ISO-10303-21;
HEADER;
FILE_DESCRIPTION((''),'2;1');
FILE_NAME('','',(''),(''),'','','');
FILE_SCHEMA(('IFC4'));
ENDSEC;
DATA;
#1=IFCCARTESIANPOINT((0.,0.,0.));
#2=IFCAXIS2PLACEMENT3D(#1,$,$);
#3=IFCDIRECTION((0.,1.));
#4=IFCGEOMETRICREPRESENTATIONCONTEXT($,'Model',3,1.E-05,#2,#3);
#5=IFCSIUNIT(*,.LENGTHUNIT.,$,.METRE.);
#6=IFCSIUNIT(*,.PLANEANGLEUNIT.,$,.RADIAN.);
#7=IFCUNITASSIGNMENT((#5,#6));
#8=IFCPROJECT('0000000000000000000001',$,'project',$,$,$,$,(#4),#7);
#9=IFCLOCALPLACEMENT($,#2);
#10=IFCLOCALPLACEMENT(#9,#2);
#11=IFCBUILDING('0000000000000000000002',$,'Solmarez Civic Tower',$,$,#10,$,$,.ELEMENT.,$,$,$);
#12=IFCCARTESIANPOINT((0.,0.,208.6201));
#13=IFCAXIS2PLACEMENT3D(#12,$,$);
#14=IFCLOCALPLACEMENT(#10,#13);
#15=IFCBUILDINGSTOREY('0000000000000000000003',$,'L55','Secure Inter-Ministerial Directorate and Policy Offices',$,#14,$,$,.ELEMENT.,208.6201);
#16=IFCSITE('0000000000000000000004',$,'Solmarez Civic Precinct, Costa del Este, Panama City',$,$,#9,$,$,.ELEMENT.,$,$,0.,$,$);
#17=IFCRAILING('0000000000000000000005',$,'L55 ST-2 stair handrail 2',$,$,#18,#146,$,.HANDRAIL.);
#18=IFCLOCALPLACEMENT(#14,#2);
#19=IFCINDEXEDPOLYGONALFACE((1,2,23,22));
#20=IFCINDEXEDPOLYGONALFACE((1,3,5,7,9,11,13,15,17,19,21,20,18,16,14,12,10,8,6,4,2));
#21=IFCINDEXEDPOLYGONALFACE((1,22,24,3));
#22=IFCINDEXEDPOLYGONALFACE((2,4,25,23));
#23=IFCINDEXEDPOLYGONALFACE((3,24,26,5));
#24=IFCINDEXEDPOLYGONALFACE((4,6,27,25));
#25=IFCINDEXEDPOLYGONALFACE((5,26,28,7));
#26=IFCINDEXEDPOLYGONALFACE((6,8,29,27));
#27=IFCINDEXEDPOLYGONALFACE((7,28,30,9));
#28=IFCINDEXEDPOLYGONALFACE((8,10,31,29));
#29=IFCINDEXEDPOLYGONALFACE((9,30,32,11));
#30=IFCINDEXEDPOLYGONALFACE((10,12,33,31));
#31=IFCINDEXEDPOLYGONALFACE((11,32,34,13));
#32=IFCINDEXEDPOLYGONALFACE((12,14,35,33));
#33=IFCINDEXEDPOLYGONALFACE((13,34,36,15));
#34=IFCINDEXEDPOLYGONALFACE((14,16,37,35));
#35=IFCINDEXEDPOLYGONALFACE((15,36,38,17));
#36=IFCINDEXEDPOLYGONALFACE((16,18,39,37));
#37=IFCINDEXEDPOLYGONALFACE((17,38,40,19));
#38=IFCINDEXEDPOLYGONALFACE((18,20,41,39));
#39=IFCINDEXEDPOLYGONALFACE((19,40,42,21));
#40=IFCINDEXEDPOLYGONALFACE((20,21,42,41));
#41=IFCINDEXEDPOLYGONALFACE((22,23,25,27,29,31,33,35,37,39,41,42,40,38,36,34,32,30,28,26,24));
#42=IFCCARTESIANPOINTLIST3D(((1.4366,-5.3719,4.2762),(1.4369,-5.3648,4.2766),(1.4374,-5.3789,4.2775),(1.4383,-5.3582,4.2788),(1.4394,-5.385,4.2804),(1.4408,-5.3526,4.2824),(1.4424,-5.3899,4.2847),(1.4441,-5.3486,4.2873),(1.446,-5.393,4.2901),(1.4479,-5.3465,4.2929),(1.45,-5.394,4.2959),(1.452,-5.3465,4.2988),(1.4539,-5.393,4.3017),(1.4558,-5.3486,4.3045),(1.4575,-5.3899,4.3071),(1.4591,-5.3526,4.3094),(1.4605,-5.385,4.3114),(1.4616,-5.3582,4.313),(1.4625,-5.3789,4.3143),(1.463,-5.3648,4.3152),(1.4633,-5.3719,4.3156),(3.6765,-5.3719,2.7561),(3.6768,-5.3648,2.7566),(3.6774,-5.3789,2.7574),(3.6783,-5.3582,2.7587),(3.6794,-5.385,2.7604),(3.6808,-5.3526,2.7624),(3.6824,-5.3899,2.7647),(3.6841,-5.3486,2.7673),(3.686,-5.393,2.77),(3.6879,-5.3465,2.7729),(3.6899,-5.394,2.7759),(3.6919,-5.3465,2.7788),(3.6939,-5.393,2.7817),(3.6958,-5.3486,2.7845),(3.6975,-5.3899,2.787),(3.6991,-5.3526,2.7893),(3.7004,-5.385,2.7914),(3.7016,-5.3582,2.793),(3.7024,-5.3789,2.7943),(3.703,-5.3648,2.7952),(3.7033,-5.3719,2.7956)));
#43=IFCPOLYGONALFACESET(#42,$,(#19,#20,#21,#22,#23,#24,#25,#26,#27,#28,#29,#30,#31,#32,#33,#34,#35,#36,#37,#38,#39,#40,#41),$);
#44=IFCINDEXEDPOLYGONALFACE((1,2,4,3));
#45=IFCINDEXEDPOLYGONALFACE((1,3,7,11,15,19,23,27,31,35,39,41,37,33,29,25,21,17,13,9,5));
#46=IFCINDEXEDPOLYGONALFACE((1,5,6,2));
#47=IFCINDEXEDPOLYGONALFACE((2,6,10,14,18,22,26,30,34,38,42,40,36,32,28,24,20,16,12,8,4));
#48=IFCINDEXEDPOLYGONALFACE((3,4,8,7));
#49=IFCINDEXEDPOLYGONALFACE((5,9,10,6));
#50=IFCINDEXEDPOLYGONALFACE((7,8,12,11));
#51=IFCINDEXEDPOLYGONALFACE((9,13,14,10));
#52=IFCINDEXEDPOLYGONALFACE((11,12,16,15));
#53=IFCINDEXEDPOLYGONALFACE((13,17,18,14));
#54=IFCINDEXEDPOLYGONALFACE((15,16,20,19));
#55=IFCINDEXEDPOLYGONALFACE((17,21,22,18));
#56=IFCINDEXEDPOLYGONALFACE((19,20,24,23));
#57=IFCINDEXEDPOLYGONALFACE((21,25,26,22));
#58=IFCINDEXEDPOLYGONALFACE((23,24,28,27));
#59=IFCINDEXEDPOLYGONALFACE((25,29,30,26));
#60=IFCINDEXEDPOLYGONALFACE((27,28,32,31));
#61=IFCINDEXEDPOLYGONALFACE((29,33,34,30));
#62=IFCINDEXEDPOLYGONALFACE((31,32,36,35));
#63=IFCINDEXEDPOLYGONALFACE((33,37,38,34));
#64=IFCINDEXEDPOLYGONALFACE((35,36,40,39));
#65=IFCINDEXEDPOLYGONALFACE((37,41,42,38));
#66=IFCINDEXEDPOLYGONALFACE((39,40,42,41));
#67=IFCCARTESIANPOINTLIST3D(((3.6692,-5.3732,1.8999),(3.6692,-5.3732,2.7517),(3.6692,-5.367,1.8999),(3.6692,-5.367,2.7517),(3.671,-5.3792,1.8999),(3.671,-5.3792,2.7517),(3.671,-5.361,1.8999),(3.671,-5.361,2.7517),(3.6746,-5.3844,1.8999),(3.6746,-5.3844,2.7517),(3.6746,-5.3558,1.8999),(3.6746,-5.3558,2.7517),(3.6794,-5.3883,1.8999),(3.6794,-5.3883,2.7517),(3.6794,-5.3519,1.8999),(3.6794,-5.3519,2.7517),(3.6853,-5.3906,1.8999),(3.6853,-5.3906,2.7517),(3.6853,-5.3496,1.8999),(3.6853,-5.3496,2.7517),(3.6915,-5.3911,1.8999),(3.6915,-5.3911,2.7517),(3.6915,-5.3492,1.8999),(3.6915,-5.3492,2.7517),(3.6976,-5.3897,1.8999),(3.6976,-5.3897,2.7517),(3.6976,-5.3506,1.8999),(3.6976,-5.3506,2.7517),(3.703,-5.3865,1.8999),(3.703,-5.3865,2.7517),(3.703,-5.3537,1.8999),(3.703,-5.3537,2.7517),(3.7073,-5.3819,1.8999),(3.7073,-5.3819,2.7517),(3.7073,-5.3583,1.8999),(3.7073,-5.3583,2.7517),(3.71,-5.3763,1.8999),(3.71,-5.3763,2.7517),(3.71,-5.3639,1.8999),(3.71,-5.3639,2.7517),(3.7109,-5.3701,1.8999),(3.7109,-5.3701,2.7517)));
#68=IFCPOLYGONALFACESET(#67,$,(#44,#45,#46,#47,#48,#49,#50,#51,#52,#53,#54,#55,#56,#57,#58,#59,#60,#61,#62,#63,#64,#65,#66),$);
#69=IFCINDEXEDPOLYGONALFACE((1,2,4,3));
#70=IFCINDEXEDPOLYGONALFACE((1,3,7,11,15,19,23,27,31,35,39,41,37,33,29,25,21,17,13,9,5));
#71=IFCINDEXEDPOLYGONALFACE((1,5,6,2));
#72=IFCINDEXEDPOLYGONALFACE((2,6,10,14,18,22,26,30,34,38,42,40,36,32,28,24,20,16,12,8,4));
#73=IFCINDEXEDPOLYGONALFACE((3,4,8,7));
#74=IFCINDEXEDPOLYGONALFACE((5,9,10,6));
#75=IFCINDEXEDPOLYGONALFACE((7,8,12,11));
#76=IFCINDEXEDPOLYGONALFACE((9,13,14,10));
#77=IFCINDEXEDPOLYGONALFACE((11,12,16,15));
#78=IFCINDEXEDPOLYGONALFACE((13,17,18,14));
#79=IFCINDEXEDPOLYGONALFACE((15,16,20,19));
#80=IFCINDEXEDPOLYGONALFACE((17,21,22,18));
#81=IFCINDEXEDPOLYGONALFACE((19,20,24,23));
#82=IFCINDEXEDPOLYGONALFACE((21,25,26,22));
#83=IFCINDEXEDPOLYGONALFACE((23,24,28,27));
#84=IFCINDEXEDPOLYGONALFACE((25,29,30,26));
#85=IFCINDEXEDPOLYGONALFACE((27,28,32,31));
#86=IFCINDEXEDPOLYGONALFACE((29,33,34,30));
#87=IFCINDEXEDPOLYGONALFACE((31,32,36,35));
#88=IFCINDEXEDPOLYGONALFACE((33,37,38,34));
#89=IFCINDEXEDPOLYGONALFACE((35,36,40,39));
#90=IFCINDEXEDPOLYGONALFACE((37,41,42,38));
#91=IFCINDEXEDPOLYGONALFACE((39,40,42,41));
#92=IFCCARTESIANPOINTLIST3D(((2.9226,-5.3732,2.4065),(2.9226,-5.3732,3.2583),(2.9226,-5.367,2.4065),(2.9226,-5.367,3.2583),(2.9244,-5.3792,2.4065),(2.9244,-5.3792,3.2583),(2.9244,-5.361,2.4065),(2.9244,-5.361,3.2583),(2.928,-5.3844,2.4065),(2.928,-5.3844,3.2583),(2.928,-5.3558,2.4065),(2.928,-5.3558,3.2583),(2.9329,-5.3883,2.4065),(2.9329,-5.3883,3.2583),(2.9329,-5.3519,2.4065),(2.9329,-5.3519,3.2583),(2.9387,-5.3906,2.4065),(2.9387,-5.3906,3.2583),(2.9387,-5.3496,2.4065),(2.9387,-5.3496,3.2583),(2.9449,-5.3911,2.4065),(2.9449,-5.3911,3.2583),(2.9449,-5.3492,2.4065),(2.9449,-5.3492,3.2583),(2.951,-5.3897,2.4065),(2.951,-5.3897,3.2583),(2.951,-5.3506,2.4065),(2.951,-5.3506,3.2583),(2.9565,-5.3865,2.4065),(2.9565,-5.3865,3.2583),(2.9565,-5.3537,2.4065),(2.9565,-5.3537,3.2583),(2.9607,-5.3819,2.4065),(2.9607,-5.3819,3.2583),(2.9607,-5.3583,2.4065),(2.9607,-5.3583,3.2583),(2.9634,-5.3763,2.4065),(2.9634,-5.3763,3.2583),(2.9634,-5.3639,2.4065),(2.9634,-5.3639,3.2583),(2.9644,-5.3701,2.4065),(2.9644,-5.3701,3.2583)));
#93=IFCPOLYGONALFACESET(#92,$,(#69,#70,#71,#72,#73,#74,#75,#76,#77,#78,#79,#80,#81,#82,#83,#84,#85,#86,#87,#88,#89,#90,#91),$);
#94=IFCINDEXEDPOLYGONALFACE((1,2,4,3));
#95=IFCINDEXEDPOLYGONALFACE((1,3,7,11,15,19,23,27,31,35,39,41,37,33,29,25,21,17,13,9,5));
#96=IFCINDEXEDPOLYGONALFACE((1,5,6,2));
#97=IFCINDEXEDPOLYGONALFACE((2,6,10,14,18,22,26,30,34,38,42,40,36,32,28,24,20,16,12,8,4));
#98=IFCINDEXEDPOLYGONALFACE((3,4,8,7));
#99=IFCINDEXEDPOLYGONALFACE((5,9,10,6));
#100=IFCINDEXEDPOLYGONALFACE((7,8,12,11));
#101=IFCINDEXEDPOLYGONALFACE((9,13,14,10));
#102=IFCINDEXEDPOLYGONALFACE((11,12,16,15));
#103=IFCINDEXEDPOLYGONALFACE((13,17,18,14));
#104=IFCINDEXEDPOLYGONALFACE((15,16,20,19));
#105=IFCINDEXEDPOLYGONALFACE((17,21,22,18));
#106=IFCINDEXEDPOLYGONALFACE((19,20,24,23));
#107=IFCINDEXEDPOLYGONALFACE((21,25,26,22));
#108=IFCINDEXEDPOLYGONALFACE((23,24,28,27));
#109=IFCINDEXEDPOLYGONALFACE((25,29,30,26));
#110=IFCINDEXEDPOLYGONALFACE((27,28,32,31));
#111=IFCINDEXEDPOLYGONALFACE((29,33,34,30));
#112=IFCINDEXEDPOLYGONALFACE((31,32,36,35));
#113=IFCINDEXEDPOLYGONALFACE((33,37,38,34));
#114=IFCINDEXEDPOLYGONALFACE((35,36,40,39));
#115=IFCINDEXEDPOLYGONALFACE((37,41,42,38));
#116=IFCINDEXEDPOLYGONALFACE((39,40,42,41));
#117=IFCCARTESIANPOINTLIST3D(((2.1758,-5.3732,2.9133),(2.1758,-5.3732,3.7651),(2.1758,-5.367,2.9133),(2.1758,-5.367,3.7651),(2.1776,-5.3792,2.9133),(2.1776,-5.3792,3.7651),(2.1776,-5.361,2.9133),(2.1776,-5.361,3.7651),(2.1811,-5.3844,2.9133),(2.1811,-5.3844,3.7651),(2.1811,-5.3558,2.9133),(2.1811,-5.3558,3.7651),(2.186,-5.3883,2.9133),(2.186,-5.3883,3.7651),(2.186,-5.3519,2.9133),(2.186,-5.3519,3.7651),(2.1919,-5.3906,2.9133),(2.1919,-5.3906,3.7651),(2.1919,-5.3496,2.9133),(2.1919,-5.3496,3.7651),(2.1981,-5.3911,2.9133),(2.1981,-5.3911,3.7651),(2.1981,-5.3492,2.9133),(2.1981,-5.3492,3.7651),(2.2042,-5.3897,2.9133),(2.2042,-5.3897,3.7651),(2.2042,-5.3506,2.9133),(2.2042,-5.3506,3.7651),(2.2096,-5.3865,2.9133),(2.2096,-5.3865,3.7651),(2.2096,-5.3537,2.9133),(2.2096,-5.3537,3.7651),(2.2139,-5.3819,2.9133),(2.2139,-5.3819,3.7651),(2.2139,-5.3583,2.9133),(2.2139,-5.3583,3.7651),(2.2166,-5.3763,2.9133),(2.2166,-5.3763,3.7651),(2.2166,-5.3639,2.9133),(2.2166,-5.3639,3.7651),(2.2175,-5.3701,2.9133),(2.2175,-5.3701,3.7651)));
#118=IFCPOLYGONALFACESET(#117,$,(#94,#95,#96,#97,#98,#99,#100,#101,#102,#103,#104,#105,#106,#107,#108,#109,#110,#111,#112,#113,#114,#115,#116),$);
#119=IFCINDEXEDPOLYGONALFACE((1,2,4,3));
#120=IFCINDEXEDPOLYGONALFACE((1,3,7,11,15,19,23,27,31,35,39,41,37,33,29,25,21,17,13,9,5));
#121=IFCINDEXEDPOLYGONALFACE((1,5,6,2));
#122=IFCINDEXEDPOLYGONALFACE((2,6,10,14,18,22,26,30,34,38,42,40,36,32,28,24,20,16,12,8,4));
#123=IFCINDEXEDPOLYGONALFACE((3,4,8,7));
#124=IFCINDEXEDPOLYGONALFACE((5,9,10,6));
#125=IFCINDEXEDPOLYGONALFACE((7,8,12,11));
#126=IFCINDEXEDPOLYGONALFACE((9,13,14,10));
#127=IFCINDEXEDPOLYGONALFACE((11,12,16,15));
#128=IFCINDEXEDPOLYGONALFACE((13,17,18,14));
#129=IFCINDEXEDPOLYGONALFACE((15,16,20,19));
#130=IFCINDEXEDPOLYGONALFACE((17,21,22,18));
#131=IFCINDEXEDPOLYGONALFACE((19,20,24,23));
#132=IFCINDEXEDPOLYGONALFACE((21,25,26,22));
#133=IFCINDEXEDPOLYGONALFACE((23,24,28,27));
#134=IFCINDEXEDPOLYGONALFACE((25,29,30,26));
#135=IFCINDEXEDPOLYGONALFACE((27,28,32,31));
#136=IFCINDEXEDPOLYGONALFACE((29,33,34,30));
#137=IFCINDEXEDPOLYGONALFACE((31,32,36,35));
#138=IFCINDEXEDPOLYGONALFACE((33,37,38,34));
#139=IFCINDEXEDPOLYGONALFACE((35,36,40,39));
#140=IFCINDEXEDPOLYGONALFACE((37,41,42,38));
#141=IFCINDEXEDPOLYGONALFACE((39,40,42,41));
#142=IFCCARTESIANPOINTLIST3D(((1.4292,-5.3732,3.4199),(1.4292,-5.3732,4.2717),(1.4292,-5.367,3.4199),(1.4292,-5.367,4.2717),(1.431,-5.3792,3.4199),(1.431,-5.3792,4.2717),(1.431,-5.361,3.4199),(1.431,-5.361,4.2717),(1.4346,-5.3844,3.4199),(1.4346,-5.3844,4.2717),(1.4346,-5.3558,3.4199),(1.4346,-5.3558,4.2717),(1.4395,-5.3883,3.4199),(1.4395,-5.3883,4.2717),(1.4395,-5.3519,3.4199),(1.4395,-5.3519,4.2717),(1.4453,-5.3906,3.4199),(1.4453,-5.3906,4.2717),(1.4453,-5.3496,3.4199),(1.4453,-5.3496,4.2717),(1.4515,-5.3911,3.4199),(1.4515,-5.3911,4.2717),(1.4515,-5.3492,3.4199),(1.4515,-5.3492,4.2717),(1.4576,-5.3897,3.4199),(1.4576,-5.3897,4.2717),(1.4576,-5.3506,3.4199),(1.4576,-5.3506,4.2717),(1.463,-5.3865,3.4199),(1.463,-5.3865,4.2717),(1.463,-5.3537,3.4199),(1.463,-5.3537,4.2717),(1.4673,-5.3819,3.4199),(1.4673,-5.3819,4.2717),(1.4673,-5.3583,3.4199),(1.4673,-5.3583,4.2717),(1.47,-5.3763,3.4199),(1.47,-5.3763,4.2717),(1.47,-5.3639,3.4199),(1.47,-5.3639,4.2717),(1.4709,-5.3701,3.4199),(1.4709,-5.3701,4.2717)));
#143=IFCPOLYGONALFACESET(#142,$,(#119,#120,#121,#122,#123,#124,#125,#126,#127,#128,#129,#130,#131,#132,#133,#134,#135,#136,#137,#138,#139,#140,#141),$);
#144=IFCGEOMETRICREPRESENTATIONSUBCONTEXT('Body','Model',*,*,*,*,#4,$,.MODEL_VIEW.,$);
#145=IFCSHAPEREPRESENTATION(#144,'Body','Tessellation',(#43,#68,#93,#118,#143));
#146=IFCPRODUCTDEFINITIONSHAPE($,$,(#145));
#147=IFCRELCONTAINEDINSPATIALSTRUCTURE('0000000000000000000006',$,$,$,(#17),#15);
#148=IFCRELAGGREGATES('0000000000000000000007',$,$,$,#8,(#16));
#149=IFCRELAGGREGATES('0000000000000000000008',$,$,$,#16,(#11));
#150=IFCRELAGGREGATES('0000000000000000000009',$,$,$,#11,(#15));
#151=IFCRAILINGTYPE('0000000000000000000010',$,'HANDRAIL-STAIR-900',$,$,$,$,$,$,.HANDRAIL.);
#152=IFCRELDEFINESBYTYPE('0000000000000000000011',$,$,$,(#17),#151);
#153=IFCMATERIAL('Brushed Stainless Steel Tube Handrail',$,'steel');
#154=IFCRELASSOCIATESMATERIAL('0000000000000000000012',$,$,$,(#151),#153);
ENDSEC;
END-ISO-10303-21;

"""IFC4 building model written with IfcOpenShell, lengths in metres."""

from ifc_helpers import new_model, si_unit, direction, frame, origin, origin_2d, place, context, subcontext, project, spatial, circle, extrude, material, type_object, element, save


model = new_model("IFC4")

# Units and contexts
model_context = context("Model", 3, precision=1e-05, world=origin(), true_north=direction((0.0, 1.0)))
body_context = subcontext(model_context, "Body", "Model", "MODEL_VIEW")
ifc_project = project(units=[si_unit("LENGTHUNIT", "METRE"), si_unit("PLANEANGLEUNIT", "RADIAN")], contexts=[model_context])

# Site, building, storey
site_placement = place(None, origin())
site = spatial("IfcSite", under=ifc_project, at=site_placement, Name="Solmarez Civic Precinct, Costa del Este, Panama City", CompositionType="ELEMENT", RefElevation=0.0)
building_placement = place(site_placement, origin())
building = spatial("IfcBuilding", under=site, at=building_placement, Name="Solmarez Civic Tower", CompositionType="ELEMENT")
storey_placement = place(building_placement, frame((0.0, 0.0, 208.6201)))
storey = spatial("IfcBuildingStorey", under=building, at=storey_placement, Name="L55", Description="Secure Inter-Ministerial Directorate and Policy Offices", CompositionType="ELEMENT", Elevation=208.6201)

# Railing
ifc_material_1 = material(Name="Brushed Stainless Steel Tube Handrail", Category="steel")
railing_type_1 = type_object("IfcRailingType", Name="HANDRAIL-STAIR-900", PredefinedType="HANDRAIL", material=ifc_material_1)
railing_1_placement = place(storey_placement, frame((3.6899, -5.3701, 1.8999)))
element("IfcRailing", 1, at=railing_1_placement, inside=storey, type_object=railing_type_1, Name="L55 ST-2 stair handrail 2", PredefinedType="HANDRAIL", context=body_context, shape_type="SweptSolid", body=[
    extrude(circle(Radius=0.0239, at=origin_2d()), frame((0.0, 0.0, 0.876), z_axis=(-0.827471, 0.0, 0.561508), x_axis=(0.0, -1.0, 0.0)), (0.0, 0.0, 1.0), 2.707),
    extrude(circle(Radius=0.021, at=origin_2d()), origin(), (0.0, 0.0, 1.0), 0.8518),
    extrude(circle(Radius=0.021, at=origin_2d()), frame((-0.7466, 0.0, 0.5066)), (0.0, 0.0, 1.0), 0.8518),
    extrude(circle(Radius=0.021, at=origin_2d()), frame((-1.4934, 0.0, 1.0134)), (0.0, 0.0, 1.0), 0.8518),
    extrude(circle(Radius=0.021, at=origin_2d()), frame((-2.24, 0.0, 1.52)), (0.0, 0.0, 1.0), 0.8518),
])

save(model, "model.ifc")
